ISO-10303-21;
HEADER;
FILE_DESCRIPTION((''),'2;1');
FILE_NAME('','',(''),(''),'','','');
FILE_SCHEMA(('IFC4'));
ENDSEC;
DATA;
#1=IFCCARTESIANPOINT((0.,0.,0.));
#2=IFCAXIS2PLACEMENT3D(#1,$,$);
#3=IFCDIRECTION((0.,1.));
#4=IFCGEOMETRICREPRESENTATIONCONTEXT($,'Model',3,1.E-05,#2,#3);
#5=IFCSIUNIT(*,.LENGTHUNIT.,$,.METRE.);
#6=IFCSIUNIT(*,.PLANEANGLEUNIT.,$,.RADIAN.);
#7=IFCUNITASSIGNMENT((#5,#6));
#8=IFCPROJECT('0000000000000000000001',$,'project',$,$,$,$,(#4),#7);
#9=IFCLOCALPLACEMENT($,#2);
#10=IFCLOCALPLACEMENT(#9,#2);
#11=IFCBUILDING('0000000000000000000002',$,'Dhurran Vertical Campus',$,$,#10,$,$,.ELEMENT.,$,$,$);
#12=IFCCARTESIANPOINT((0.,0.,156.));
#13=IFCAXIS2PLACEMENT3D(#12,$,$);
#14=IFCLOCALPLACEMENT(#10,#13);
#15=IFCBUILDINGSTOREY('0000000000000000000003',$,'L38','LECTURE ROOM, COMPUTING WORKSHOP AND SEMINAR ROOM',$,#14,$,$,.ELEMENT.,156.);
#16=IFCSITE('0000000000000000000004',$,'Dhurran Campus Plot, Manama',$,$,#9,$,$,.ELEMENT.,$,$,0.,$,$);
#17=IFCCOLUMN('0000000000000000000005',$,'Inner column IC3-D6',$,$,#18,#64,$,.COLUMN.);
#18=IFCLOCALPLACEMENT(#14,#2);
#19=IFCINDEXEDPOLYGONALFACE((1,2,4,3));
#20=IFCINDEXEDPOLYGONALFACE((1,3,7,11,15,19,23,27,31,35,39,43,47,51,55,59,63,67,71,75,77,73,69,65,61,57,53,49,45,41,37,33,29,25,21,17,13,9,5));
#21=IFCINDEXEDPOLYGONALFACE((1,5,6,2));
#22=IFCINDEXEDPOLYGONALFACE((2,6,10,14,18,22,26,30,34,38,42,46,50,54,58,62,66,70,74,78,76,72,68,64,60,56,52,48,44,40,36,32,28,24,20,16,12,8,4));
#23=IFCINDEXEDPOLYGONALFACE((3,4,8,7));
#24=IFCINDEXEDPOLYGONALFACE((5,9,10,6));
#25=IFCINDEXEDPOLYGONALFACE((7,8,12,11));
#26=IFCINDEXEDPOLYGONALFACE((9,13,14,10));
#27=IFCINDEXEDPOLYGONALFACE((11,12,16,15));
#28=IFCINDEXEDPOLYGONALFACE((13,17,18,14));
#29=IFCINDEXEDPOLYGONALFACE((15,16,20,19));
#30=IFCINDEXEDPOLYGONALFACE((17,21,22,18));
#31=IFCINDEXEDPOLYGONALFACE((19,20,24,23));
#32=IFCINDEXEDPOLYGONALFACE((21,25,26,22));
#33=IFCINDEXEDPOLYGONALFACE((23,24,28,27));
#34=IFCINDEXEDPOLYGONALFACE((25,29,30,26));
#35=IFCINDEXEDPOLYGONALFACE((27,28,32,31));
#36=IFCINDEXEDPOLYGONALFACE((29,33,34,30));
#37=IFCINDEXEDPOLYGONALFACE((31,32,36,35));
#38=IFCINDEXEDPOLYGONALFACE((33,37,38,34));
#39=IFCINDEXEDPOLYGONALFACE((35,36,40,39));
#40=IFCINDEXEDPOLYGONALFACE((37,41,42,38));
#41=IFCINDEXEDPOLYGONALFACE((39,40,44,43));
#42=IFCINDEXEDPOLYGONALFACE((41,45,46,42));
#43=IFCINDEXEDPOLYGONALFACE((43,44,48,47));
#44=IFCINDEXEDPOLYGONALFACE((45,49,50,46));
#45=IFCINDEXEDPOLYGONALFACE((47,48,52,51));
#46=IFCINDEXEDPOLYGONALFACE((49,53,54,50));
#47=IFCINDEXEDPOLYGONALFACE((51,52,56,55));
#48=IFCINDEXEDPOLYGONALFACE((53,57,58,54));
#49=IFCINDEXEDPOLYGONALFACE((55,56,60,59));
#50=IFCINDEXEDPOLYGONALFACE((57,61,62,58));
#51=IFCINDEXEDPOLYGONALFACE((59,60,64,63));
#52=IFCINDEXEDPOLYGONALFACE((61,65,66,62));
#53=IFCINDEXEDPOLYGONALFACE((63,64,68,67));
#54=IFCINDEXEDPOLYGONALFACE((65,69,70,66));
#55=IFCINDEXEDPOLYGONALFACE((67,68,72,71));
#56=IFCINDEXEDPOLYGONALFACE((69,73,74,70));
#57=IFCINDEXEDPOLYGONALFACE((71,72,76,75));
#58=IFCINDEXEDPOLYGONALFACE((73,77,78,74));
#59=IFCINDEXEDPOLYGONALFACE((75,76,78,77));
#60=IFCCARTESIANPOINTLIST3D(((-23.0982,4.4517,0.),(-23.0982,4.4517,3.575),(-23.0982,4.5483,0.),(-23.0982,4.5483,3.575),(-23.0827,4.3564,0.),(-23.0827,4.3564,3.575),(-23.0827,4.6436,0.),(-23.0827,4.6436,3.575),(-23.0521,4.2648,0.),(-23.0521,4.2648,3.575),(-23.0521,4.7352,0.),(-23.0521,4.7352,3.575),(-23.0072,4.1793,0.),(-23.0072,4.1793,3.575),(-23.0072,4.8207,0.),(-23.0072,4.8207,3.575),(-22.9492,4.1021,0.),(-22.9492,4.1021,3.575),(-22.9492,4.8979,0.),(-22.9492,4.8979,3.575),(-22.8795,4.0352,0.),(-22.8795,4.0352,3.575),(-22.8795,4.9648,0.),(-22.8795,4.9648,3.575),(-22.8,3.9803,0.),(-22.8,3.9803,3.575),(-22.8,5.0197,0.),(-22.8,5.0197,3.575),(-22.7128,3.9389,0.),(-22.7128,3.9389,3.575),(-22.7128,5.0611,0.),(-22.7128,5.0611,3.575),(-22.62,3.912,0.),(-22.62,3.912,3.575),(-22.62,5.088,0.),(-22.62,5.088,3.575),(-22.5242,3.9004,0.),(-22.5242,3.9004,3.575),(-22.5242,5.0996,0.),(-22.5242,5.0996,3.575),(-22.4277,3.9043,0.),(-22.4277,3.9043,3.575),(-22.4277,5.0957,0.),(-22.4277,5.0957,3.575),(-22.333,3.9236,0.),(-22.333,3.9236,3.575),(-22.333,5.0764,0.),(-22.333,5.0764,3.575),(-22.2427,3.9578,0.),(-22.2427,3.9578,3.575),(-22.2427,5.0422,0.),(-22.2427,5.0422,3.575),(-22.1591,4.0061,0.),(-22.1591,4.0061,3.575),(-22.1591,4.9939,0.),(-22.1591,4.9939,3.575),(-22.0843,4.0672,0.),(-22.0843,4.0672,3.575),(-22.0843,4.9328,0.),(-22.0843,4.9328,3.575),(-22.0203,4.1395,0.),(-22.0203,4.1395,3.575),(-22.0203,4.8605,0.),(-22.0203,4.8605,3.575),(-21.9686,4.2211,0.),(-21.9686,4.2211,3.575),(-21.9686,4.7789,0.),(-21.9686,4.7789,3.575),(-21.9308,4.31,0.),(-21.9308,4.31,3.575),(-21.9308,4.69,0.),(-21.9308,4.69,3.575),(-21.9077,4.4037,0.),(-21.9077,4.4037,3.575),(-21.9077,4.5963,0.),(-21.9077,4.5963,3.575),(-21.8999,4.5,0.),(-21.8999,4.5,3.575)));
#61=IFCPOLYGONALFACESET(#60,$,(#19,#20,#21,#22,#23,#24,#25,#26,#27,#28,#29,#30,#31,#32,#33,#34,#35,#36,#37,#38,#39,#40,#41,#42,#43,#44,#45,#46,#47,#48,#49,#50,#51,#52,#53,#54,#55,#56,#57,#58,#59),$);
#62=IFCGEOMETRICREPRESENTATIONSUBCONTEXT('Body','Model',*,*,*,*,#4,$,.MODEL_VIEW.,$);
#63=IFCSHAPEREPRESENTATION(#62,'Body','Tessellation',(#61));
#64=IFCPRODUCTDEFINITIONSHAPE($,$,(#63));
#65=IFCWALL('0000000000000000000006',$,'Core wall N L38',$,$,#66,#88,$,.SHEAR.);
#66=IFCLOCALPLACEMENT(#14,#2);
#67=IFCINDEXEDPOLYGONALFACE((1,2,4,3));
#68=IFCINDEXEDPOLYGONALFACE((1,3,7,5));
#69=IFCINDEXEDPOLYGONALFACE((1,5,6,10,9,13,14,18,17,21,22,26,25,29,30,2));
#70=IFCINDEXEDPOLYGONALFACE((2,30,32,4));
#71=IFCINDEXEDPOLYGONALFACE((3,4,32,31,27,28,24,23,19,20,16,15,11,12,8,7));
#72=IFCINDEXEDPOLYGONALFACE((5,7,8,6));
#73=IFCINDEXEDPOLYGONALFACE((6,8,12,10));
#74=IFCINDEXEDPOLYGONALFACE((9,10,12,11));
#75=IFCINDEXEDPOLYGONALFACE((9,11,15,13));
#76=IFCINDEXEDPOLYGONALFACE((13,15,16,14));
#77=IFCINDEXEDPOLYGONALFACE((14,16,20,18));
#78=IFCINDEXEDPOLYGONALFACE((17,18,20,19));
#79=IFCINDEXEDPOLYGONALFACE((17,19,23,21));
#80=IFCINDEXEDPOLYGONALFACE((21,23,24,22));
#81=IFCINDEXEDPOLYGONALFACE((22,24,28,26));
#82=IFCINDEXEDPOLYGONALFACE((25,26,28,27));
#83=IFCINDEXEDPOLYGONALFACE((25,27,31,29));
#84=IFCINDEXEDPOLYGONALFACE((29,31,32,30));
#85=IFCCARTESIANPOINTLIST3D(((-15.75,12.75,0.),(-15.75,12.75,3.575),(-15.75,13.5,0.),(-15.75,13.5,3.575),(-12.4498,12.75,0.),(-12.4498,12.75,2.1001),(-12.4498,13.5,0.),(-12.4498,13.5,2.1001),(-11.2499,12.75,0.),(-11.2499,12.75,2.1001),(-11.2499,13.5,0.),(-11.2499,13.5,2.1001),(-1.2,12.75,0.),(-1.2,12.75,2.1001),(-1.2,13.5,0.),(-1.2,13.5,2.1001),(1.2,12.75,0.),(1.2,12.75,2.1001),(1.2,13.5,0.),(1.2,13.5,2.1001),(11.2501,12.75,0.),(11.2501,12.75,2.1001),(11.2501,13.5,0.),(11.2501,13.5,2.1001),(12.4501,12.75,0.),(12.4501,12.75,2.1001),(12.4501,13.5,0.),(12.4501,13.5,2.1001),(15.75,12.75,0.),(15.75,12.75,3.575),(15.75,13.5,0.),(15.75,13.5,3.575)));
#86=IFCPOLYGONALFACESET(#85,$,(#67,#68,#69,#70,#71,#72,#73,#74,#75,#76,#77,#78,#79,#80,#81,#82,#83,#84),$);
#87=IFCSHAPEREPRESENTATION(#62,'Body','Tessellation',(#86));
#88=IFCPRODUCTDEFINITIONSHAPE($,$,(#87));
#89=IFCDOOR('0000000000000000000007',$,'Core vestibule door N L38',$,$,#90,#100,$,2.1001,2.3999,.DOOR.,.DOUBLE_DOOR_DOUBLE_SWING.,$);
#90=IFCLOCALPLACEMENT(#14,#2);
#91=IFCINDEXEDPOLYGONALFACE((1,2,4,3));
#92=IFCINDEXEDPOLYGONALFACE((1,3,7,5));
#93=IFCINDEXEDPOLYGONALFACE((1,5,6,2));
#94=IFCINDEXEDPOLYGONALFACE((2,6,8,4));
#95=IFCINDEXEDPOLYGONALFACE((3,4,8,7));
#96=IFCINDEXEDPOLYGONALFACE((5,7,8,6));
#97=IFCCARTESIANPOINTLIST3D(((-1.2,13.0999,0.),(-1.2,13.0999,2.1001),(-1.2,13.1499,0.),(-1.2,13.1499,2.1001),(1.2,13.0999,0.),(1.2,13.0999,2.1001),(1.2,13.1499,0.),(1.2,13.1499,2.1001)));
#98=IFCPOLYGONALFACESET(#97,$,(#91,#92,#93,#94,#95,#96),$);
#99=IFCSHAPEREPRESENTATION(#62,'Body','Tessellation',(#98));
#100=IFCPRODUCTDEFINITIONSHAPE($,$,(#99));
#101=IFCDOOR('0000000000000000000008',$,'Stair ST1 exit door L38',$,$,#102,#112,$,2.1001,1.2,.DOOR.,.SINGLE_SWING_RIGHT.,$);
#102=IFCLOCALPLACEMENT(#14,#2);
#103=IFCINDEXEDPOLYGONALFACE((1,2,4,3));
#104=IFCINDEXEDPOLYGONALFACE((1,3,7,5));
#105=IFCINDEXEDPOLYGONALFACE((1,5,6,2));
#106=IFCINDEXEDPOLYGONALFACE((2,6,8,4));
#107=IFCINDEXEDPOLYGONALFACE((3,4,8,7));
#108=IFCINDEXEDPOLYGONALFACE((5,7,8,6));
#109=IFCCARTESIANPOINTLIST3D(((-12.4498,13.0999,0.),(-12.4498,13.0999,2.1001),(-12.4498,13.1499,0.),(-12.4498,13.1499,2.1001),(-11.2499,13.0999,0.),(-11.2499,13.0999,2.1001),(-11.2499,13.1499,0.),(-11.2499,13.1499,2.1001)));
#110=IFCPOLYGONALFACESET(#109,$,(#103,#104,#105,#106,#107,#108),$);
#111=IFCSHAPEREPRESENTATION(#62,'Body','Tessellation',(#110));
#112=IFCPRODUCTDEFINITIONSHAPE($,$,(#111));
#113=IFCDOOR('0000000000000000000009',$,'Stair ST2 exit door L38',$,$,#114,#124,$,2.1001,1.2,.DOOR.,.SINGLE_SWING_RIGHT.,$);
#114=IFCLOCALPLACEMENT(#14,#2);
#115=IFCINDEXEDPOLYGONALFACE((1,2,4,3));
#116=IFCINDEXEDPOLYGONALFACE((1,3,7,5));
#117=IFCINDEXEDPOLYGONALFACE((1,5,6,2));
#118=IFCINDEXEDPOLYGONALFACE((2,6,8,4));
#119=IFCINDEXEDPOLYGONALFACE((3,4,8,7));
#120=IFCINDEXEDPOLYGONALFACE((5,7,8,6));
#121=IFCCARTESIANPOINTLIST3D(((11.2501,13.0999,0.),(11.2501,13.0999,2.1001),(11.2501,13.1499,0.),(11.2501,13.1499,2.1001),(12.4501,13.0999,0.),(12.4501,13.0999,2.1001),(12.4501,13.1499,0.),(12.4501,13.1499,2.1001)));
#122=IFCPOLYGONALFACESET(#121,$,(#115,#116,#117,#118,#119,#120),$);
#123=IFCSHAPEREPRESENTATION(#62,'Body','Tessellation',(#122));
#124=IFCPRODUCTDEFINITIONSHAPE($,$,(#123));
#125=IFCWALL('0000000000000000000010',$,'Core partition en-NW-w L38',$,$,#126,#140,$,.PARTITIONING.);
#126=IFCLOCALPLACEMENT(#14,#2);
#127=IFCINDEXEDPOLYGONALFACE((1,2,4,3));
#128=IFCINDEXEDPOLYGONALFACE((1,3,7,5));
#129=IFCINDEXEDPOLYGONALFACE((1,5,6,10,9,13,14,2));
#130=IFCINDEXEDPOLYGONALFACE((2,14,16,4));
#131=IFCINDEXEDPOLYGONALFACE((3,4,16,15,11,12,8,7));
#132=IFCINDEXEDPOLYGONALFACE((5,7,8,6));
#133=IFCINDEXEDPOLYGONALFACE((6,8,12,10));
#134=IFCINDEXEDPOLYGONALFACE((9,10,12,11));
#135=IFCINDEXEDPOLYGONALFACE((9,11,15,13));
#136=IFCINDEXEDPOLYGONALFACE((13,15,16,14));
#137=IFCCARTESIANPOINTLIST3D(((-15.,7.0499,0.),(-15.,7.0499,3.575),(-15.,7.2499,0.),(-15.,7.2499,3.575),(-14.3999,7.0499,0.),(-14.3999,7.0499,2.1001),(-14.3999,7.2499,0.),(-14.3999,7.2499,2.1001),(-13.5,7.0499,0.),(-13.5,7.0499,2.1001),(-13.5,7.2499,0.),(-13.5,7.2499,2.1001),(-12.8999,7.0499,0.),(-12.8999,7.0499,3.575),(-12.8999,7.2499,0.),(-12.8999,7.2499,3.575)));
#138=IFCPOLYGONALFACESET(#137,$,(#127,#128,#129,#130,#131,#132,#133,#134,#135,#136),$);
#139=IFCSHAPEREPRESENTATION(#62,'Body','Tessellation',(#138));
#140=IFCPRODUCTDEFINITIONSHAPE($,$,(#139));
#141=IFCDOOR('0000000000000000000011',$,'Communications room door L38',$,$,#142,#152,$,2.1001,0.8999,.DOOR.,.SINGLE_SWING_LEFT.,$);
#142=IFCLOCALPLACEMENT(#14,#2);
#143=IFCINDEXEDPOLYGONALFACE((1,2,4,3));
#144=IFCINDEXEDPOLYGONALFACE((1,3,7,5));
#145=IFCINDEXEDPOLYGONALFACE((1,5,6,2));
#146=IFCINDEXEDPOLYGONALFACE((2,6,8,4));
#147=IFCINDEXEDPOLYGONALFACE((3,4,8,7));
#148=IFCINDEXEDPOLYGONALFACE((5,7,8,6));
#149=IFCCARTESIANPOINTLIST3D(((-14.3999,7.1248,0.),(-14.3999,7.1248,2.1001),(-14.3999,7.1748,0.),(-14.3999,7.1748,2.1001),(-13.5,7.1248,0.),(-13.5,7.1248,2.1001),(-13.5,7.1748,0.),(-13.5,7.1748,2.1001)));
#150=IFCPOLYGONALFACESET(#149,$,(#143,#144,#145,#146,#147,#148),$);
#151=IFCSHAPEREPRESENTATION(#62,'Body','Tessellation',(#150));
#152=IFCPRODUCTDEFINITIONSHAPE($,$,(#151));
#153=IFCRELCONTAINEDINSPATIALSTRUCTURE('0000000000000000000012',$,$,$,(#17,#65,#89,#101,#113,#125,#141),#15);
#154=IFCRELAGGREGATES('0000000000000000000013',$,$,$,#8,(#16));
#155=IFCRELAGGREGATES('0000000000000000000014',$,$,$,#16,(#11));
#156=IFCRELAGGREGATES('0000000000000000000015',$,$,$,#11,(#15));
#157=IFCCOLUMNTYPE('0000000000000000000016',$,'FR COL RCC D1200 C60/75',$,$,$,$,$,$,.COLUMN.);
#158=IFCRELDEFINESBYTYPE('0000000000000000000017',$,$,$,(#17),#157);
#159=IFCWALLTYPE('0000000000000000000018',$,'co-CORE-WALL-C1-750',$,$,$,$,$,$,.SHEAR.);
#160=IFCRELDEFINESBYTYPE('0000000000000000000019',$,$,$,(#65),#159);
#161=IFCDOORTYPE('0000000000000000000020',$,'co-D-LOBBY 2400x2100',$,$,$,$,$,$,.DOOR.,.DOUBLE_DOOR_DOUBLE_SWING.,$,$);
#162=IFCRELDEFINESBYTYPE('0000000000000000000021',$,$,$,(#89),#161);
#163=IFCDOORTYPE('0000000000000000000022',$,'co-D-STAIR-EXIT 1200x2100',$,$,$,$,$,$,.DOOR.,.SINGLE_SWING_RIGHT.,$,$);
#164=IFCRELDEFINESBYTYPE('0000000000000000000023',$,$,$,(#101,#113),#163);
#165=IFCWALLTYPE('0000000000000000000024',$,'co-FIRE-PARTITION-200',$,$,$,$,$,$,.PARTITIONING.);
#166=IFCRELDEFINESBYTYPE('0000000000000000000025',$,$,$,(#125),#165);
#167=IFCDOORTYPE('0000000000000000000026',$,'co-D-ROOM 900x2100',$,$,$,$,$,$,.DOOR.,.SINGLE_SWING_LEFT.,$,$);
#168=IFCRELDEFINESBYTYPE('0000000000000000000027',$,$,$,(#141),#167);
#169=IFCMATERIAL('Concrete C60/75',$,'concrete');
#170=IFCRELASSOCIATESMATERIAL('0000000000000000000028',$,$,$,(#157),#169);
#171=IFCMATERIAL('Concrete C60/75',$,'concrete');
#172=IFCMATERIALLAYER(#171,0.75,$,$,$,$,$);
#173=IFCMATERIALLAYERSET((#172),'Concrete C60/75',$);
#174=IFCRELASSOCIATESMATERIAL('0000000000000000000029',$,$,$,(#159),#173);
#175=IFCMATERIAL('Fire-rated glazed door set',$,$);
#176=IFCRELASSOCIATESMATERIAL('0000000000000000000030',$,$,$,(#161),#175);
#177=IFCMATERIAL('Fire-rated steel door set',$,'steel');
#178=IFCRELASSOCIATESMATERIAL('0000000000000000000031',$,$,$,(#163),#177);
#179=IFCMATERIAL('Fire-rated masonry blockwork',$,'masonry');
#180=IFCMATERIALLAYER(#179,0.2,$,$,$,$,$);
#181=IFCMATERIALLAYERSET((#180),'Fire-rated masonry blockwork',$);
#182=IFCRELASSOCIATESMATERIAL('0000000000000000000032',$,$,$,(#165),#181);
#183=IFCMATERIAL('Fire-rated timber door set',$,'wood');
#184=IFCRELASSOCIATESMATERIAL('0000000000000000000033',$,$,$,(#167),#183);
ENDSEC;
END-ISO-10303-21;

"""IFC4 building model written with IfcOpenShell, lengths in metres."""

from ifc_helpers import new_model, si_unit, direction, frame, frame_2d, origin, origin_2d, place, context, subcontext, project, spatial, rectangle, circle, extrude, material, layer, layer_set, material_profile, profile_set, type_object, element, fill, save


model = new_model("IFC4")

# Units and contexts
model_context = context("Model", 3, precision=1e-05, world=origin(), true_north=direction((0.0, 1.0)))
body_context = subcontext(model_context, "Body", "Model", "MODEL_VIEW")
ifc_project = project(units=[si_unit("LENGTHUNIT", "METRE"), si_unit("PLANEANGLEUNIT", "RADIAN")], contexts=[model_context])

# Site, building, storey
site_placement = place(None, origin())
site = spatial("IfcSite", under=ifc_project, at=site_placement, Name="Dhurran Campus Plot, Manama", CompositionType="ELEMENT", RefElevation=0.0)
building_placement = place(site_placement, origin())
building = spatial("IfcBuilding", under=site, at=building_placement, Name="Dhurran Vertical Campus", CompositionType="ELEMENT")
storey_placement = place(building_placement, frame((0.0, 0.0, 156.0)))
storey = spatial("IfcBuildingStorey", under=building, at=storey_placement, Name="L38", Description="LECTURE ROOM, COMPUTING WORKSHOP AND SEMINAR ROOM", CompositionType="ELEMENT", Elevation=156.0)

# Column
ifc_material_1 = material(Name="Concrete C60/75", Category="concrete")
ifc_material_profile = material_profile(ifc_material_1, circle(Radius=0.6001, at=origin_2d()), Name="RCC D1200")
ifc_profile_set = profile_set([ifc_material_profile], Name="Concrete C60/75")
column_type = type_object("IfcColumnType", Name="FR COL RCC D1200 C60/75", PredefinedType="COLUMN", material=ifc_profile_set)
column_placement = place(storey_placement, frame((-22.5, 4.5, 0.0), z_axis=(0.0, 0.0, 1.0), x_axis=(1.0, 0.0, 0.0)))
element("IfcColumn", 1, at=column_placement, inside=storey, type_object=column_type, Name="Inner column IC3-D6", PredefinedType="COLUMN", context=body_context, shape_type="SweptSolid", body=[
    extrude(circle(Radius=0.6001, at=origin_2d()), origin(), (0.0, 0.0, 1.0), 3.575),
])

# Wall, openings, doors
ifc_material_2 = material(Name="Concrete C60/75", Category="concrete")
ifc_layer_1 = layer(ifc_material_2, 0.75)
ifc_layer_set_1 = layer_set([ifc_layer_1], Name="Concrete C60/75")
wall_type_1 = type_object("IfcWallType", Name="co-CORE-WALL-C1-750", PredefinedType="SHEAR", material=ifc_layer_set_1)
wall_1_placement = place(storey_placement, frame((-15.75, 13.125, 0.0), z_axis=(0.0, 0.0, 1.0), x_axis=(1.0, 0.0, 0.0)))
wall_1 = element("IfcWall", 2, at=wall_1_placement, inside=storey, type_object=wall_type_1, Name="Core wall N L38", PredefinedType="SHEAR", context=body_context, shape_type="SweptSolid", body=[
    extrude(rectangle(XDim=31.5, YDim=0.75, at=frame_2d((15.75, 0.0))), origin(), (0.0, 0.0, 1.0), 3.575),
])
opening_1_placement = place(wall_1_placement, frame((14.55, 0.0, 0.0)))
opening_1 = element("IfcOpeningElement", 3, at=opening_1_placement, cuts=wall_1, PredefinedType="OPENING", context=body_context, shape_type="SweptSolid", body=[
    extrude(rectangle(XDim=2.3999, YDim=2.1001, at=frame_2d((1.2, 1.05))), frame((0.0, 0.385, 0.0), z_axis=(0.0, -1.0, 0.0), x_axis=(1.0, 0.0, 0.0)), (0.0, 0.0, 1.0), 0.77),
])
opening_2_placement = place(wall_1_placement, frame((3.3, 0.0, 0.0)))
opening_2 = element("IfcOpeningElement", 4, at=opening_2_placement, cuts=wall_1, PredefinedType="OPENING", context=body_context, shape_type="SweptSolid", body=[
    extrude(rectangle(XDim=1.2, YDim=2.1001, at=frame_2d((0.6001, 1.05))), frame((0.0, 0.385, 0.0), z_axis=(0.0, -1.0, 0.0), x_axis=(1.0, 0.0, 0.0)), (0.0, 0.0, 1.0), 0.77),
])
opening_3_placement = place(wall_1_placement, frame((27.0, 0.0, 0.0)))
opening_3 = element("IfcOpeningElement", 5, at=opening_3_placement, cuts=wall_1, PredefinedType="OPENING", context=body_context, shape_type="SweptSolid", body=[
    extrude(rectangle(XDim=1.2, YDim=2.1001, at=frame_2d((0.6001, 1.05))), frame((0.0, 0.385, 0.0), z_axis=(0.0, -1.0, 0.0), x_axis=(1.0, 0.0, 0.0)), (0.0, 0.0, 1.0), 0.77),
])
ifc_material_3 = material(Name="Fire-rated glazed door set")
door_type_1 = type_object("IfcDoorType", Name="co-D-LOBBY 2400x2100", OperationType="DOUBLE_DOOR_DOUBLE_SWING", PredefinedType="DOOR", material=ifc_material_3)
door_1_placement = place(opening_1_placement, origin())
door_1 = element("IfcDoor", 6, at=door_1_placement, inside=storey, type_object=door_type_1, Name="Core vestibule door N L38", OperationType="DOUBLE_DOOR_DOUBLE_SWING", OverallHeight=2.1001, OverallWidth=2.3999, PredefinedType="DOOR", context=body_context, shape_type="SweptSolid", body=[
    extrude(rectangle(XDim=2.3999, YDim=2.1001, at=frame_2d((1.2, 1.05))), frame((0.0, 0.0249, 0.0), z_axis=(0.0, -1.0, 0.0), x_axis=(1.0, 0.0, 0.0)), (0.0, 0.0, 1.0), 0.05),
])
fill(opening_1, door_1)
ifc_material_4 = material(Name="Fire-rated steel door set", Category="steel")
door_type_2 = type_object("IfcDoorType", Name="co-D-STAIR-EXIT 1200x2100", OperationType="SINGLE_SWING_RIGHT", PredefinedType="DOOR", material=ifc_material_4)
door_2_placement = place(opening_2_placement, origin())
door_2 = element("IfcDoor", 7, at=door_2_placement, inside=storey, type_object=door_type_2, Name="Stair ST1 exit door L38", OperationType="SINGLE_SWING_RIGHT", OverallHeight=2.1001, OverallWidth=1.2, PredefinedType="DOOR", context=body_context, shape_type="SweptSolid", body=[
    extrude(rectangle(XDim=1.2, YDim=2.1001, at=frame_2d((0.6001, 1.05))), frame((0.0, 0.0249, 0.0), z_axis=(0.0, -1.0, 0.0), x_axis=(1.0, 0.0, 0.0)), (0.0, 0.0, 1.0), 0.05),
])
fill(opening_2, door_2)
door_3_placement = place(opening_3_placement, origin())
door_3 = element("IfcDoor", 8, at=door_3_placement, inside=storey, type_object=door_type_2, Name="Stair ST2 exit door L38", OperationType="SINGLE_SWING_RIGHT", OverallHeight=2.1001, OverallWidth=1.2, PredefinedType="DOOR", context=body_context, shape_type="SweptSolid", body=[
    extrude(rectangle(XDim=1.2, YDim=2.1001, at=frame_2d((0.6001, 1.05))), frame((0.0, 0.0249, 0.0), z_axis=(0.0, -1.0, 0.0), x_axis=(1.0, 0.0, 0.0)), (0.0, 0.0, 1.0), 0.05),
])
fill(opening_3, door_3)

# Wall, opening, door
ifc_material_5 = material(Name="Fire-rated masonry blockwork", Category="masonry")
ifc_layer_2 = layer(ifc_material_5, 0.2)
ifc_layer_set_2 = layer_set([ifc_layer_2], Name="Fire-rated masonry blockwork")
wall_type_2 = type_object("IfcWallType", Name="co-FIRE-PARTITION-200", PredefinedType="PARTITIONING", material=ifc_layer_set_2)
wall_2_placement = place(storey_placement, frame((-15.0, 7.1499, 0.0), z_axis=(0.0, 0.0, 1.0), x_axis=(1.0, 0.0, 0.0)))
wall_2 = element("IfcWall", 9, at=wall_2_placement, inside=storey, type_object=wall_type_2, Name="Core partition en-NW-w L38", PredefinedType="PARTITIONING", context=body_context, shape_type="SweptSolid", body=[
    extrude(rectangle(XDim=2.1001, YDim=0.2, at=frame_2d((1.05, 0.0))), origin(), (0.0, 0.0, 1.0), 3.575),
])
opening_4_placement = place(wall_2_placement, frame((0.6001, 0.0, 0.0)))
opening_4 = element("IfcOpeningElement", 10, at=opening_4_placement, cuts=wall_2, PredefinedType="OPENING", context=body_context, shape_type="SweptSolid", body=[
    extrude(rectangle(XDim=0.8999, YDim=2.1001, at=frame_2d((0.45, 1.05))), frame((0.0, 0.1099, 0.0), z_axis=(0.0, -1.0, 0.0), x_axis=(1.0, 0.0, 0.0)), (0.0, 0.0, 1.0), 0.22),
])
ifc_material_6 = material(Name="Fire-rated timber door set", Category="wood")
door_type_3 = type_object("IfcDoorType", Name="co-D-ROOM 900x2100", OperationType="SINGLE_SWING_LEFT", PredefinedType="DOOR", material=ifc_material_6)
door_4_placement = place(opening_4_placement, origin())
door_4 = element("IfcDoor", 11, at=door_4_placement, inside=storey, type_object=door_type_3, Name="Communications room door L38", OperationType="SINGLE_SWING_LEFT", OverallHeight=2.1001, OverallWidth=0.8999, PredefinedType="DOOR", context=body_context, shape_type="SweptSolid", body=[
    extrude(rectangle(XDim=0.8999, YDim=2.1001, at=frame_2d((0.45, 1.05))), frame((0.0, 0.0249, 0.0), z_axis=(0.0, -1.0, 0.0), x_axis=(1.0, 0.0, 0.0)), (0.0, 0.0, 1.0), 0.05),
])
fill(opening_4, door_4)

save(model, "model.ifc")
